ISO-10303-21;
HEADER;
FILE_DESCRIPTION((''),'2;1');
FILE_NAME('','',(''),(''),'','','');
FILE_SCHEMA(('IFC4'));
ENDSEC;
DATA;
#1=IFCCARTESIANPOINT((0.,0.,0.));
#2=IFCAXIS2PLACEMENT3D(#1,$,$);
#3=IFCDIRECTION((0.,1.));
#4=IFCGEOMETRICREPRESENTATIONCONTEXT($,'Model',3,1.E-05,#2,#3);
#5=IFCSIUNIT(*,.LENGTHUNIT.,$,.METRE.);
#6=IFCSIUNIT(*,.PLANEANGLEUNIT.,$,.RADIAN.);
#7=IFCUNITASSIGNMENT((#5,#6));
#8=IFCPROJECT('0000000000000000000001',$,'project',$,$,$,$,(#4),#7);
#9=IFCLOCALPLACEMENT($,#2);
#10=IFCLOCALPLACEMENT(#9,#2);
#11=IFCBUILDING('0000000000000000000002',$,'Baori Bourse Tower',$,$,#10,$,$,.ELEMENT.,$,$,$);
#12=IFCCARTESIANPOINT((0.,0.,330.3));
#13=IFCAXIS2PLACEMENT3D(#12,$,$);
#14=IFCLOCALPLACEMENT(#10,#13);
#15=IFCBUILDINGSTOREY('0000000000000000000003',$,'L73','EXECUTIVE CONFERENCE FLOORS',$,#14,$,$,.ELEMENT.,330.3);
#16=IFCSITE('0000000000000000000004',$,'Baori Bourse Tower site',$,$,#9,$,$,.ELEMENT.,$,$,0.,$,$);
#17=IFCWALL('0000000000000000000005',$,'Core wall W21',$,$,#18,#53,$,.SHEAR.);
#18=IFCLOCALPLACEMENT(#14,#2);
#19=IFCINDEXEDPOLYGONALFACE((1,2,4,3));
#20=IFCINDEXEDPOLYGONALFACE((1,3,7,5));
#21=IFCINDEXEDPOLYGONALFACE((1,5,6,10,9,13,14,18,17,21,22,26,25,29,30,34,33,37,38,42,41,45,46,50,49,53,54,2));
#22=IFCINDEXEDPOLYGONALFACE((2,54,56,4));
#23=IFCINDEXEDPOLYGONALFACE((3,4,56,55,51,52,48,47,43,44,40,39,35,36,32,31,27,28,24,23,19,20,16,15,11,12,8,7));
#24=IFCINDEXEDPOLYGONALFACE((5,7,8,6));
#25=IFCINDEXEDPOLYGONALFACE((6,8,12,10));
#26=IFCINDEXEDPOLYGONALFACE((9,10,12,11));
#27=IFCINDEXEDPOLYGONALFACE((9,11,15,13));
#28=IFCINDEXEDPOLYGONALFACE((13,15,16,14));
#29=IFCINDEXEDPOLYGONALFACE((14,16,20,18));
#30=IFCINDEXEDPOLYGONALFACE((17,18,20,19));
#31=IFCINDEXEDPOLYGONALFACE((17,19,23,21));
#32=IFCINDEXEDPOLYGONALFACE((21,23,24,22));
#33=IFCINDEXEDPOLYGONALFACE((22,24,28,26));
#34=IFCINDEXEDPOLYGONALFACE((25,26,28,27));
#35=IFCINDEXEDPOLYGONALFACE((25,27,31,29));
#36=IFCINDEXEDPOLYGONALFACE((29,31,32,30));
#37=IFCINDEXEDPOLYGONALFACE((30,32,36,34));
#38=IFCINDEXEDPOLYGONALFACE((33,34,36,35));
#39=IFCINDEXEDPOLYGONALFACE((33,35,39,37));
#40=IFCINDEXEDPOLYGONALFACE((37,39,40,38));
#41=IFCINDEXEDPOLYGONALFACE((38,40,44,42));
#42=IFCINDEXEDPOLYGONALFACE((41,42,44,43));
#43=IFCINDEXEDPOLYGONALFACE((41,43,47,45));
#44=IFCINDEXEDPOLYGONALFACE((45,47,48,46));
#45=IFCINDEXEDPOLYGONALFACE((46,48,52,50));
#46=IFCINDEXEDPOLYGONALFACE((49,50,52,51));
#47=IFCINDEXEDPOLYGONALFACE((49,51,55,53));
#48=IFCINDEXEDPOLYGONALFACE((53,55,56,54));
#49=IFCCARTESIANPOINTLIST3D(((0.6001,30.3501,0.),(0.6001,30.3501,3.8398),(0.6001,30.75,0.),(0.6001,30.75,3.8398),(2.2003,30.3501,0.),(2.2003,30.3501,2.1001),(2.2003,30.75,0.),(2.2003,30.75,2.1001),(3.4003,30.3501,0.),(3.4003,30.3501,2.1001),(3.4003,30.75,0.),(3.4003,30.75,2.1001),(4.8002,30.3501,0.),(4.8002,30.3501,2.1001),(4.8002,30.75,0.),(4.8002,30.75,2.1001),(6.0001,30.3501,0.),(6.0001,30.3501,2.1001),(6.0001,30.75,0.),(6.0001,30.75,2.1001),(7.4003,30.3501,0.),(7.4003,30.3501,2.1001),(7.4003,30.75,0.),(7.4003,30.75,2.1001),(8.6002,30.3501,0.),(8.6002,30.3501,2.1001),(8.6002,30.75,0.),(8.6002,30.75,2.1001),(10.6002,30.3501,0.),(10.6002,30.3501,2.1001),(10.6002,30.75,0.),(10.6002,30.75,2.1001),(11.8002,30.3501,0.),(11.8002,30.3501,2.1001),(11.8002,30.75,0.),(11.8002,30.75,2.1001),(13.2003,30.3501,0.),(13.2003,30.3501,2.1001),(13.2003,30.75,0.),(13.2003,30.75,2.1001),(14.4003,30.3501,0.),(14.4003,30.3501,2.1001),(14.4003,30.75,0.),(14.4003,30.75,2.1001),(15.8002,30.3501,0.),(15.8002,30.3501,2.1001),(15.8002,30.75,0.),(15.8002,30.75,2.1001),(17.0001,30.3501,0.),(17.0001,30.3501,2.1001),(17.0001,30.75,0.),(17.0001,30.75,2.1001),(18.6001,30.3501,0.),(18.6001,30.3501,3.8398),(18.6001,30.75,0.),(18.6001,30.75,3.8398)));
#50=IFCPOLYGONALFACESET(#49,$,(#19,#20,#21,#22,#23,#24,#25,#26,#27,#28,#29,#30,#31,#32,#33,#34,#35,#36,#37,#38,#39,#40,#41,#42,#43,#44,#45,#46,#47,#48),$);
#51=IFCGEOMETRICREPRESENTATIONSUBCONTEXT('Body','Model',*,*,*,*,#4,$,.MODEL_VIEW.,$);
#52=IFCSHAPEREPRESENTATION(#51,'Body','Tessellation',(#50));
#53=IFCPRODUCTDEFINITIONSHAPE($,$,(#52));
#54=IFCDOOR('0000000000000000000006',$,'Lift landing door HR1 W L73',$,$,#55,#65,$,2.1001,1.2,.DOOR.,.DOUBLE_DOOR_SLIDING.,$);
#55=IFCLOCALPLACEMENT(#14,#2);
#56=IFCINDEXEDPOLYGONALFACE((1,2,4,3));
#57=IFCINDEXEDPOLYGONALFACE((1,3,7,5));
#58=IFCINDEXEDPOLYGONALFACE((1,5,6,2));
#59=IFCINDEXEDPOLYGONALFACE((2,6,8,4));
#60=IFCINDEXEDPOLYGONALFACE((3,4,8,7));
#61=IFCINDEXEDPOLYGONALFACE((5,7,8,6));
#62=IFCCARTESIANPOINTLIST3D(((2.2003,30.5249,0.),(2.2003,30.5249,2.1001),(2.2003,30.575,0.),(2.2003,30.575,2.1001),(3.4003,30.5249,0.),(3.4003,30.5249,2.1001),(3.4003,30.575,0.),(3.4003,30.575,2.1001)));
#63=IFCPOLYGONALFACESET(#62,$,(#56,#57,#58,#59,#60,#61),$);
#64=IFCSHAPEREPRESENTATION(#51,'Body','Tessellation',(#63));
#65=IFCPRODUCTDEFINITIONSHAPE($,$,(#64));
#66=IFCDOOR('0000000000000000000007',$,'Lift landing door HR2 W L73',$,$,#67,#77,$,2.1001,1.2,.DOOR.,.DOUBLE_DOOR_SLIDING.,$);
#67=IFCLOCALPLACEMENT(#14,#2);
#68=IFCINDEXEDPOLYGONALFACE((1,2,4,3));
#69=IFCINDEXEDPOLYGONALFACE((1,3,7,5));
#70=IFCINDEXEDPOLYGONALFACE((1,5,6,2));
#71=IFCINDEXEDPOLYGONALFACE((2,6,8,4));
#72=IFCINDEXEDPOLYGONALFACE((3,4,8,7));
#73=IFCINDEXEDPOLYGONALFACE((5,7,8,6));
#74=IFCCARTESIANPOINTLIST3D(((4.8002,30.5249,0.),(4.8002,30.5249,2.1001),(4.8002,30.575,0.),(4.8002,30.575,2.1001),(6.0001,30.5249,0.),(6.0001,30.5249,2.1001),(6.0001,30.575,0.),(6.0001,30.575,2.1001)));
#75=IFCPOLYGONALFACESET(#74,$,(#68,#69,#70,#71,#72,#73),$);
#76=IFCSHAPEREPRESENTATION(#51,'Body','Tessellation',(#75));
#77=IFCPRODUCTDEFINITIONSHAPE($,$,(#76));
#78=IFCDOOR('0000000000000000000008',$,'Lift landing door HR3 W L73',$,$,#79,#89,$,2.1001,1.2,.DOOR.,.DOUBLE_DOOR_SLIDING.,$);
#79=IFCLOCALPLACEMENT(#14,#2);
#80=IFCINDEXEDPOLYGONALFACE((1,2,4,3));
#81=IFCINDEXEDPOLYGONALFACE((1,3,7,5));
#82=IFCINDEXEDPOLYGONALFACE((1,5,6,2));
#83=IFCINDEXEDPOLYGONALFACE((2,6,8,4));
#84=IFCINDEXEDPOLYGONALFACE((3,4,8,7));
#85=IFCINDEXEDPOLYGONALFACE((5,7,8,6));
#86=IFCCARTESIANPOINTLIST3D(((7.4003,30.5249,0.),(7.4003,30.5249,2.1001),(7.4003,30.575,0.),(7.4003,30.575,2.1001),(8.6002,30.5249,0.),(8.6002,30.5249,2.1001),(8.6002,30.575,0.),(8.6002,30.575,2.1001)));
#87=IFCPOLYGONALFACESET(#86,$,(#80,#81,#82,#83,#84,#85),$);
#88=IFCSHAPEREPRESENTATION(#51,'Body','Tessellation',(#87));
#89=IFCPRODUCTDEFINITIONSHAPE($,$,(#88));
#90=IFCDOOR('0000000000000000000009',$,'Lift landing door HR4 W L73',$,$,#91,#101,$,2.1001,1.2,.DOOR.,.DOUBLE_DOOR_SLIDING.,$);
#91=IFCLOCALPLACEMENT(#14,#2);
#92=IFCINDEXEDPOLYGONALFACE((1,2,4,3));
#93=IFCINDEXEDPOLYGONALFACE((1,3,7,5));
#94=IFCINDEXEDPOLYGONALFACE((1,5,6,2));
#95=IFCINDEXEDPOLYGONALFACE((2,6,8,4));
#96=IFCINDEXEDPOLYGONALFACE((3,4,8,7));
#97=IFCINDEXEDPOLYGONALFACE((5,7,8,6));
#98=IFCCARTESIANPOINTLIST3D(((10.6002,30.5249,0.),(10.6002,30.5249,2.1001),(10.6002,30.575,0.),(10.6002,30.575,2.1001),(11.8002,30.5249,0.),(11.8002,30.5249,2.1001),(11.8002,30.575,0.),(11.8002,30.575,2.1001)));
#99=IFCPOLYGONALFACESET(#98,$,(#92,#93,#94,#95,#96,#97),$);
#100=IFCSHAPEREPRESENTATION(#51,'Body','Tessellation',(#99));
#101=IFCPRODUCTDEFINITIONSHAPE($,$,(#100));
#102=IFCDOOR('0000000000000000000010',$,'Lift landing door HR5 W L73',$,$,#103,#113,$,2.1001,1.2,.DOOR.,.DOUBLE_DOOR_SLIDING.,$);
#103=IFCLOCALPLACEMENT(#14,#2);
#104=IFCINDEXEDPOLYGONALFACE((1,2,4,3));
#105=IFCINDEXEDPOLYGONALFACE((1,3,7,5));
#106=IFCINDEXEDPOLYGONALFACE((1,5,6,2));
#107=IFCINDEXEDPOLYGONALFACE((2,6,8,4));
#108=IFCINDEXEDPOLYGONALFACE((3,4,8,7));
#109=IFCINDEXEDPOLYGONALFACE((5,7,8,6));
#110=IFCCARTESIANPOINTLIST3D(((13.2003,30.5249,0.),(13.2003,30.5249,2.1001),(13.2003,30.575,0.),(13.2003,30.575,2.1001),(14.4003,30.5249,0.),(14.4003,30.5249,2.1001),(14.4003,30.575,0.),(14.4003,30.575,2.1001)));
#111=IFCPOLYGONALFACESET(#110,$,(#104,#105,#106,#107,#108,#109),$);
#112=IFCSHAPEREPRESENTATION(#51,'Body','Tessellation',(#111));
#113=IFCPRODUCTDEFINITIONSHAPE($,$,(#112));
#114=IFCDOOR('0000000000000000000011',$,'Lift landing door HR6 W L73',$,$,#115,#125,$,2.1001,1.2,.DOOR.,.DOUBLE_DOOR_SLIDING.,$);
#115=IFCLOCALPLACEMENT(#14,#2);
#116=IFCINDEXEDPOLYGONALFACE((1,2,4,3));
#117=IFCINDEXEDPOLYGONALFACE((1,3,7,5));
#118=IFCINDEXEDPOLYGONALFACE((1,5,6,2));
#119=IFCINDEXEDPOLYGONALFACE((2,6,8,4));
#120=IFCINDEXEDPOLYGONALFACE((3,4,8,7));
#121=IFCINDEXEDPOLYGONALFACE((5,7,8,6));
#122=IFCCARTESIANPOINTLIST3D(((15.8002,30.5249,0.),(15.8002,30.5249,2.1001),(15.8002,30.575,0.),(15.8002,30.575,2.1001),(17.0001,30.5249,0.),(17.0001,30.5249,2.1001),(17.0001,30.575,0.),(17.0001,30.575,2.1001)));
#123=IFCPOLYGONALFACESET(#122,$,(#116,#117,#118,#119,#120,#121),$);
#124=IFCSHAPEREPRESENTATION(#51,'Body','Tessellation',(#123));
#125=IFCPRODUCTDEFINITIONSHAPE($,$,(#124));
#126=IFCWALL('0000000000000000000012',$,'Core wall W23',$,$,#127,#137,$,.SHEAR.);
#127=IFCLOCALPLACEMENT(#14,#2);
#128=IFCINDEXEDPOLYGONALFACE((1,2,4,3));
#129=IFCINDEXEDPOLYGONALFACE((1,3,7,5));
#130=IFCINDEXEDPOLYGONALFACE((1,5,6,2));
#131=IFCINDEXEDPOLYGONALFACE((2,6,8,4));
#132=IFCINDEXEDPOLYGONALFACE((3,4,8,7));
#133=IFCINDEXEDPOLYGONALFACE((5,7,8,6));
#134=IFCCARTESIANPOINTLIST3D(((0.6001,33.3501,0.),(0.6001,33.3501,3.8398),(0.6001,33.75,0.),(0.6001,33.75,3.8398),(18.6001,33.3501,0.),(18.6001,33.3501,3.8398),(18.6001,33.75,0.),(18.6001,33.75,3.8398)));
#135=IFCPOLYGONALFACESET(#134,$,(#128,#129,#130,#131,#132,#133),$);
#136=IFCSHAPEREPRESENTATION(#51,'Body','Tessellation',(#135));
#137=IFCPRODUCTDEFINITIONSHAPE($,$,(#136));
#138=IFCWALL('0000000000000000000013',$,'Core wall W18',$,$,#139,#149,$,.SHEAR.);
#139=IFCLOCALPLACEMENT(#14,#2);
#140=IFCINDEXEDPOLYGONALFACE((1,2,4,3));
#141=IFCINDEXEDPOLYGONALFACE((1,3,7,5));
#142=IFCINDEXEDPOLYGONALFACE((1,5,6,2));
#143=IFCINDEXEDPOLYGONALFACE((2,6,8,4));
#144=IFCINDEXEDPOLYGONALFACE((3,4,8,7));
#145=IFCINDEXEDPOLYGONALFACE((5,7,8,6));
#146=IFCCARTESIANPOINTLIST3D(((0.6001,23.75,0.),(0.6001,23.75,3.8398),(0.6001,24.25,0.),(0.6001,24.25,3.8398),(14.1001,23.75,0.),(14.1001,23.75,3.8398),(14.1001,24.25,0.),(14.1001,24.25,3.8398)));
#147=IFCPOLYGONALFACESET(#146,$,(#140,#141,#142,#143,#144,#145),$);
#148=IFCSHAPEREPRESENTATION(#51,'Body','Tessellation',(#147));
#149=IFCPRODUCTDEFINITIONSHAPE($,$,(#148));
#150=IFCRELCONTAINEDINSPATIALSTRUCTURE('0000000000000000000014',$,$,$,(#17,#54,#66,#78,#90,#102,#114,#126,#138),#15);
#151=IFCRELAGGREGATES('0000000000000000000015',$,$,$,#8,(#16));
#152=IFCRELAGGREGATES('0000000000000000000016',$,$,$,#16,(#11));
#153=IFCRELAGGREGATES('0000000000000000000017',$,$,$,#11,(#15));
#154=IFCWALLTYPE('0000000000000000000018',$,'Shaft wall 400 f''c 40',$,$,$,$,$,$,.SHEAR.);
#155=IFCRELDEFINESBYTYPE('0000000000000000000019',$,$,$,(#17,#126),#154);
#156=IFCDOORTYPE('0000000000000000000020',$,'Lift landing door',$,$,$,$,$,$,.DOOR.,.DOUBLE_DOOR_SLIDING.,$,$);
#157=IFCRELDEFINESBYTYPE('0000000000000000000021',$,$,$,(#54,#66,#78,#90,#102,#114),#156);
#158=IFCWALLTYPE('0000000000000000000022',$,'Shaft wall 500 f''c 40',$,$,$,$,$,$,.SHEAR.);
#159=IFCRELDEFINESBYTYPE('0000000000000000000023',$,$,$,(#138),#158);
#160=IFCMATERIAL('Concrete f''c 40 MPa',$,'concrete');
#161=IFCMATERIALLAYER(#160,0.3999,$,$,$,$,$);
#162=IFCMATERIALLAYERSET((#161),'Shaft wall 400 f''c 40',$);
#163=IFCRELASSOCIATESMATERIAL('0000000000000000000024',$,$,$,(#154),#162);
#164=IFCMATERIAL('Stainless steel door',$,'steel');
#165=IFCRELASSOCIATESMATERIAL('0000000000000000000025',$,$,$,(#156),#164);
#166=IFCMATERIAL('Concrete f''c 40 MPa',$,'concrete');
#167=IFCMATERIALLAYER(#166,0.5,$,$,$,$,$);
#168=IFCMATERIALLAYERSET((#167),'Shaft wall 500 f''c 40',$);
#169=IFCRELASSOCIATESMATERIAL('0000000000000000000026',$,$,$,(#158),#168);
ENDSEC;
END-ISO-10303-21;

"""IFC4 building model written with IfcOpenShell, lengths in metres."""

from ifc_helpers import new_model, si_unit, direction, frame, frame_2d, origin, place, context, subcontext, project, spatial, rectangle, extrude, material, layer, layer_set, type_object, element, fill, save


model = new_model("IFC4")

# Units and contexts
model_context = context("Model", 3, precision=1e-05, world=origin(), true_north=direction((0.0, 1.0)))
body_context = subcontext(model_context, "Body", "Model", "MODEL_VIEW")
ifc_project = project(units=[si_unit("LENGTHUNIT", "METRE"), si_unit("PLANEANGLEUNIT", "RADIAN")], contexts=[model_context])

# Site, building, storey
site_placement = place(None, origin())
site = spatial("IfcSite", under=ifc_project, at=site_placement, Name="Baori Bourse Tower site", CompositionType="ELEMENT", RefElevation=0.0)
building_placement = place(site_placement, origin())
building = spatial("IfcBuilding", under=site, at=building_placement, Name="Baori Bourse Tower", CompositionType="ELEMENT")
storey_placement = place(building_placement, frame((0.0, 0.0, 330.3)))
storey = spatial("IfcBuildingStorey", under=building, at=storey_placement, Name="L73", Description="EXECUTIVE CONFERENCE FLOORS", CompositionType="ELEMENT", Elevation=330.3)

# Wall, openings, doors
ifc_material_1 = material(Name="Concrete f'c 40 MPa", Category="concrete")
ifc_layer_1 = layer(ifc_material_1, 0.3999)
ifc_layer_set_1 = layer_set([ifc_layer_1], Name="Shaft wall 400 f'c 40")
wall_type_1 = type_object("IfcWallType", Name="Shaft wall 400 f'c 40", PredefinedType="SHEAR", material=ifc_layer_set_1)
ifc_material_2 = material(Name="Stainless steel door", Category="steel")
door_type_1 = type_object("IfcDoorType", Name="Lift landing door", OperationType="DOUBLE_DOOR_SLIDING", PredefinedType="DOOR", material=ifc_material_2)
wall_1_placement = place(storey_placement, frame((0.6001, 30.55, 0.0), z_axis=(0.0, 0.0, 1.0), x_axis=(1.0, 0.0, 0.0)))
wall_1 = element("IfcWall", 1, at=wall_1_placement, inside=storey, type_object=wall_type_1, Name="Core wall W21", PredefinedType="SHEAR", context=body_context, shape_type="SweptSolid", body=[
    extrude(rectangle(XDim=18.0, YDim=0.3999, at=frame_2d((9.0, 0.0))), origin(), (0.0, 0.0, 1.0), 3.8398),
])
opening_1_placement = place(wall_1_placement, frame((1.6001, 0.0, 0.0)))
opening_1 = element("IfcOpeningElement", 2, at=opening_1_placement, cuts=wall_1, PredefinedType="OPENING", context=body_context, shape_type="SweptSolid", body=[
    extrude(rectangle(XDim=1.2, YDim=2.1001, at=frame_2d((0.6001, 1.05))), frame((0.0, 0.21, 0.0), z_axis=(0.0, -1.0, 0.0), x_axis=(1.0, 0.0, 0.0)), (0.0, 0.0, 1.0), 0.4199),
])
opening_2_placement = place(wall_1_placement, frame((4.2, 0.0, 0.0)))
opening_2 = element("IfcOpeningElement", 3, at=opening_2_placement, cuts=wall_1, PredefinedType="OPENING", context=body_context, shape_type="SweptSolid", body=[
    extrude(rectangle(XDim=1.2, YDim=2.1001, at=frame_2d((0.6001, 1.05))), frame((0.0, 0.21, 0.0), z_axis=(0.0, -1.0, 0.0), x_axis=(1.0, 0.0, 0.0)), (0.0, 0.0, 1.0), 0.4199),
])
opening_3_placement = place(wall_1_placement, frame((6.8, 0.0, 0.0)))
opening_3 = element("IfcOpeningElement", 4, at=opening_3_placement, cuts=wall_1, PredefinedType="OPENING", context=body_context, shape_type="SweptSolid", body=[
    extrude(rectangle(XDim=1.2, YDim=2.1001, at=frame_2d((0.6001, 1.05))), frame((0.0, 0.21, 0.0), z_axis=(0.0, -1.0, 0.0), x_axis=(1.0, 0.0, 0.0)), (0.0, 0.0, 1.0), 0.4199),
])
opening_4_placement = place(wall_1_placement, frame((10.0, 0.0, 0.0)))
opening_4 = element("IfcOpeningElement", 5, at=opening_4_placement, cuts=wall_1, PredefinedType="OPENING", context=body_context, shape_type="SweptSolid", body=[
    extrude(rectangle(XDim=1.2, YDim=2.1001, at=frame_2d((0.6001, 1.05))), frame((0.0, 0.21, 0.0), z_axis=(0.0, -1.0, 0.0), x_axis=(1.0, 0.0, 0.0)), (0.0, 0.0, 1.0), 0.4199),
])
opening_5_placement = place(wall_1_placement, frame((12.6001, 0.0, 0.0)))
opening_5 = element("IfcOpeningElement", 6, at=opening_5_placement, cuts=wall_1, PredefinedType="OPENING", context=body_context, shape_type="SweptSolid", body=[
    extrude(rectangle(XDim=1.2, YDim=2.1001, at=frame_2d((0.6001, 1.05))), frame((0.0, 0.21, 0.0), z_axis=(0.0, -1.0, 0.0), x_axis=(1.0, 0.0, 0.0)), (0.0, 0.0, 1.0), 0.4199),
])
opening_6_placement = place(wall_1_placement, frame((15.2, 0.0, 0.0)))
opening_6 = element("IfcOpeningElement", 7, at=opening_6_placement, cuts=wall_1, PredefinedType="OPENING", context=body_context, shape_type="SweptSolid", body=[
    extrude(rectangle(XDim=1.2, YDim=2.1001, at=frame_2d((0.6001, 1.05))), frame((0.0, 0.21, 0.0), z_axis=(0.0, -1.0, 0.0), x_axis=(1.0, 0.0, 0.0)), (0.0, 0.0, 1.0), 0.4199),
])
door_1_placement = place(opening_1_placement, origin())
door_1 = element("IfcDoor", 8, at=door_1_placement, inside=storey, type_object=door_type_1, Name="Lift landing door HR1 W L73", OperationType="DOUBLE_DOOR_SLIDING", OverallHeight=2.1001, OverallWidth=1.2, PredefinedType="DOOR", context=body_context, shape_type="SweptSolid", body=[
    extrude(rectangle(XDim=1.2, YDim=2.1001, at=frame_2d((0.6001, 1.05))), frame((0.0, 0.0249, 0.0), z_axis=(0.0, -1.0, 0.0), x_axis=(1.0, 0.0, 0.0)), (0.0, 0.0, 1.0), 0.05),
])
fill(opening_1, door_1)
door_2_placement = place(opening_2_placement, origin())
door_2 = element("IfcDoor", 9, at=door_2_placement, inside=storey, type_object=door_type_1, Name="Lift landing door HR2 W L73", OperationType="DOUBLE_DOOR_SLIDING", OverallHeight=2.1001, OverallWidth=1.2, PredefinedType="DOOR", context=body_context, shape_type="SweptSolid", body=[
    extrude(rectangle(XDim=1.2, YDim=2.1001, at=frame_2d((0.6001, 1.05))), frame((0.0, 0.0249, 0.0), z_axis=(0.0, -1.0, 0.0), x_axis=(1.0, 0.0, 0.0)), (0.0, 0.0, 1.0), 0.05),
])
fill(opening_2, door_2)
door_3_placement = place(opening_3_placement, origin())
door_3 = element("IfcDoor", 10, at=door_3_placement, inside=storey, type_object=door_type_1, Name="Lift landing door HR3 W L73", OperationType="DOUBLE_DOOR_SLIDING", OverallHeight=2.1001, OverallWidth=1.2, PredefinedType="DOOR", context=body_context, shape_type="SweptSolid", body=[
    extrude(rectangle(XDim=1.2, YDim=2.1001, at=frame_2d((0.6001, 1.05))), frame((0.0, 0.0249, 0.0), z_axis=(0.0, -1.0, 0.0), x_axis=(1.0, 0.0, 0.0)), (0.0, 0.0, 1.0), 0.05),
])
fill(opening_3, door_3)
door_4_placement = place(opening_4_placement, origin())
door_4 = element("IfcDoor", 11, at=door_4_placement, inside=storey, type_object=door_type_1, Name="Lift landing door HR4 W L73", OperationType="DOUBLE_DOOR_SLIDING", OverallHeight=2.1001, OverallWidth=1.2, PredefinedType="DOOR", context=body_context, shape_type="SweptSolid", body=[
    extrude(rectangle(XDim=1.2, YDim=2.1001, at=frame_2d((0.6001, 1.05))), frame((0.0, 0.0249, 0.0), z_axis=(0.0, -1.0, 0.0), x_axis=(1.0, 0.0, 0.0)), (0.0, 0.0, 1.0), 0.05),
])
fill(opening_4, door_4)
door_5_placement = place(opening_5_placement, origin())
door_5 = element("IfcDoor", 12, at=door_5_placement, inside=storey, type_object=door_type_1, Name="Lift landing door HR5 W L73", OperationType="DOUBLE_DOOR_SLIDING", OverallHeight=2.1001, OverallWidth=1.2, PredefinedType="DOOR", context=body_context, shape_type="SweptSolid", body=[
    extrude(rectangle(XDim=1.2, YDim=2.1001, at=frame_2d((0.6001, 1.05))), frame((0.0, 0.0249, 0.0), z_axis=(0.0, -1.0, 0.0), x_axis=(1.0, 0.0, 0.0)), (0.0, 0.0, 1.0), 0.05),
])
fill(opening_5, door_5)
door_6_placement = place(opening_6_placement, origin())
door_6 = element("IfcDoor", 13, at=door_6_placement, inside=storey, type_object=door_type_1, Name="Lift landing door HR6 W L73", OperationType="DOUBLE_DOOR_SLIDING", OverallHeight=2.1001, OverallWidth=1.2, PredefinedType="DOOR", context=body_context, shape_type="SweptSolid", body=[
    extrude(rectangle(XDim=1.2, YDim=2.1001, at=frame_2d((0.6001, 1.05))), frame((0.0, 0.0249, 0.0), z_axis=(0.0, -1.0, 0.0), x_axis=(1.0, 0.0, 0.0)), (0.0, 0.0, 1.0), 0.05),
])
fill(opening_6, door_6)

# Walls
wall_2_placement = place(storey_placement, frame((0.6001, 33.55, 0.0), z_axis=(0.0, 0.0, 1.0), x_axis=(1.0, 0.0, 0.0)))
element("IfcWall", 14, at=wall_2_placement, inside=storey, type_object=wall_type_1, Name="Core wall W23", PredefinedType="SHEAR", context=body_context, shape_type="SweptSolid", body=[
    extrude(rectangle(XDim=18.0, YDim=0.3999, at=frame_2d((9.0, 0.0))), origin(), (0.0, 0.0, 1.0), 3.8398),
])
ifc_material_3 = material(Name="Concrete f'c 40 MPa", Category="concrete")
ifc_layer_2 = layer(ifc_material_3, 0.5)
ifc_layer_set_2 = layer_set([ifc_layer_2], Name="Shaft wall 500 f'c 40")
wall_type_2 = type_object("IfcWallType", Name="Shaft wall 500 f'c 40", PredefinedType="SHEAR", material=ifc_layer_set_2)
wall_3_placement = place(storey_placement, frame((0.6001, 24.0, 0.0), z_axis=(0.0, 0.0, 1.0), x_axis=(1.0, 0.0, 0.0)))
element("IfcWall", 15, at=wall_3_placement, inside=storey, type_object=wall_type_2, Name="Core wall W18", PredefinedType="SHEAR", context=body_context, shape_type="SweptSolid", body=[
    extrude(rectangle(XDim=13.5, YDim=0.5, at=frame_2d((6.75, 0.0))), origin(), (0.0, 0.0, 1.0), 3.8398),
])

save(model, "model.ifc")
